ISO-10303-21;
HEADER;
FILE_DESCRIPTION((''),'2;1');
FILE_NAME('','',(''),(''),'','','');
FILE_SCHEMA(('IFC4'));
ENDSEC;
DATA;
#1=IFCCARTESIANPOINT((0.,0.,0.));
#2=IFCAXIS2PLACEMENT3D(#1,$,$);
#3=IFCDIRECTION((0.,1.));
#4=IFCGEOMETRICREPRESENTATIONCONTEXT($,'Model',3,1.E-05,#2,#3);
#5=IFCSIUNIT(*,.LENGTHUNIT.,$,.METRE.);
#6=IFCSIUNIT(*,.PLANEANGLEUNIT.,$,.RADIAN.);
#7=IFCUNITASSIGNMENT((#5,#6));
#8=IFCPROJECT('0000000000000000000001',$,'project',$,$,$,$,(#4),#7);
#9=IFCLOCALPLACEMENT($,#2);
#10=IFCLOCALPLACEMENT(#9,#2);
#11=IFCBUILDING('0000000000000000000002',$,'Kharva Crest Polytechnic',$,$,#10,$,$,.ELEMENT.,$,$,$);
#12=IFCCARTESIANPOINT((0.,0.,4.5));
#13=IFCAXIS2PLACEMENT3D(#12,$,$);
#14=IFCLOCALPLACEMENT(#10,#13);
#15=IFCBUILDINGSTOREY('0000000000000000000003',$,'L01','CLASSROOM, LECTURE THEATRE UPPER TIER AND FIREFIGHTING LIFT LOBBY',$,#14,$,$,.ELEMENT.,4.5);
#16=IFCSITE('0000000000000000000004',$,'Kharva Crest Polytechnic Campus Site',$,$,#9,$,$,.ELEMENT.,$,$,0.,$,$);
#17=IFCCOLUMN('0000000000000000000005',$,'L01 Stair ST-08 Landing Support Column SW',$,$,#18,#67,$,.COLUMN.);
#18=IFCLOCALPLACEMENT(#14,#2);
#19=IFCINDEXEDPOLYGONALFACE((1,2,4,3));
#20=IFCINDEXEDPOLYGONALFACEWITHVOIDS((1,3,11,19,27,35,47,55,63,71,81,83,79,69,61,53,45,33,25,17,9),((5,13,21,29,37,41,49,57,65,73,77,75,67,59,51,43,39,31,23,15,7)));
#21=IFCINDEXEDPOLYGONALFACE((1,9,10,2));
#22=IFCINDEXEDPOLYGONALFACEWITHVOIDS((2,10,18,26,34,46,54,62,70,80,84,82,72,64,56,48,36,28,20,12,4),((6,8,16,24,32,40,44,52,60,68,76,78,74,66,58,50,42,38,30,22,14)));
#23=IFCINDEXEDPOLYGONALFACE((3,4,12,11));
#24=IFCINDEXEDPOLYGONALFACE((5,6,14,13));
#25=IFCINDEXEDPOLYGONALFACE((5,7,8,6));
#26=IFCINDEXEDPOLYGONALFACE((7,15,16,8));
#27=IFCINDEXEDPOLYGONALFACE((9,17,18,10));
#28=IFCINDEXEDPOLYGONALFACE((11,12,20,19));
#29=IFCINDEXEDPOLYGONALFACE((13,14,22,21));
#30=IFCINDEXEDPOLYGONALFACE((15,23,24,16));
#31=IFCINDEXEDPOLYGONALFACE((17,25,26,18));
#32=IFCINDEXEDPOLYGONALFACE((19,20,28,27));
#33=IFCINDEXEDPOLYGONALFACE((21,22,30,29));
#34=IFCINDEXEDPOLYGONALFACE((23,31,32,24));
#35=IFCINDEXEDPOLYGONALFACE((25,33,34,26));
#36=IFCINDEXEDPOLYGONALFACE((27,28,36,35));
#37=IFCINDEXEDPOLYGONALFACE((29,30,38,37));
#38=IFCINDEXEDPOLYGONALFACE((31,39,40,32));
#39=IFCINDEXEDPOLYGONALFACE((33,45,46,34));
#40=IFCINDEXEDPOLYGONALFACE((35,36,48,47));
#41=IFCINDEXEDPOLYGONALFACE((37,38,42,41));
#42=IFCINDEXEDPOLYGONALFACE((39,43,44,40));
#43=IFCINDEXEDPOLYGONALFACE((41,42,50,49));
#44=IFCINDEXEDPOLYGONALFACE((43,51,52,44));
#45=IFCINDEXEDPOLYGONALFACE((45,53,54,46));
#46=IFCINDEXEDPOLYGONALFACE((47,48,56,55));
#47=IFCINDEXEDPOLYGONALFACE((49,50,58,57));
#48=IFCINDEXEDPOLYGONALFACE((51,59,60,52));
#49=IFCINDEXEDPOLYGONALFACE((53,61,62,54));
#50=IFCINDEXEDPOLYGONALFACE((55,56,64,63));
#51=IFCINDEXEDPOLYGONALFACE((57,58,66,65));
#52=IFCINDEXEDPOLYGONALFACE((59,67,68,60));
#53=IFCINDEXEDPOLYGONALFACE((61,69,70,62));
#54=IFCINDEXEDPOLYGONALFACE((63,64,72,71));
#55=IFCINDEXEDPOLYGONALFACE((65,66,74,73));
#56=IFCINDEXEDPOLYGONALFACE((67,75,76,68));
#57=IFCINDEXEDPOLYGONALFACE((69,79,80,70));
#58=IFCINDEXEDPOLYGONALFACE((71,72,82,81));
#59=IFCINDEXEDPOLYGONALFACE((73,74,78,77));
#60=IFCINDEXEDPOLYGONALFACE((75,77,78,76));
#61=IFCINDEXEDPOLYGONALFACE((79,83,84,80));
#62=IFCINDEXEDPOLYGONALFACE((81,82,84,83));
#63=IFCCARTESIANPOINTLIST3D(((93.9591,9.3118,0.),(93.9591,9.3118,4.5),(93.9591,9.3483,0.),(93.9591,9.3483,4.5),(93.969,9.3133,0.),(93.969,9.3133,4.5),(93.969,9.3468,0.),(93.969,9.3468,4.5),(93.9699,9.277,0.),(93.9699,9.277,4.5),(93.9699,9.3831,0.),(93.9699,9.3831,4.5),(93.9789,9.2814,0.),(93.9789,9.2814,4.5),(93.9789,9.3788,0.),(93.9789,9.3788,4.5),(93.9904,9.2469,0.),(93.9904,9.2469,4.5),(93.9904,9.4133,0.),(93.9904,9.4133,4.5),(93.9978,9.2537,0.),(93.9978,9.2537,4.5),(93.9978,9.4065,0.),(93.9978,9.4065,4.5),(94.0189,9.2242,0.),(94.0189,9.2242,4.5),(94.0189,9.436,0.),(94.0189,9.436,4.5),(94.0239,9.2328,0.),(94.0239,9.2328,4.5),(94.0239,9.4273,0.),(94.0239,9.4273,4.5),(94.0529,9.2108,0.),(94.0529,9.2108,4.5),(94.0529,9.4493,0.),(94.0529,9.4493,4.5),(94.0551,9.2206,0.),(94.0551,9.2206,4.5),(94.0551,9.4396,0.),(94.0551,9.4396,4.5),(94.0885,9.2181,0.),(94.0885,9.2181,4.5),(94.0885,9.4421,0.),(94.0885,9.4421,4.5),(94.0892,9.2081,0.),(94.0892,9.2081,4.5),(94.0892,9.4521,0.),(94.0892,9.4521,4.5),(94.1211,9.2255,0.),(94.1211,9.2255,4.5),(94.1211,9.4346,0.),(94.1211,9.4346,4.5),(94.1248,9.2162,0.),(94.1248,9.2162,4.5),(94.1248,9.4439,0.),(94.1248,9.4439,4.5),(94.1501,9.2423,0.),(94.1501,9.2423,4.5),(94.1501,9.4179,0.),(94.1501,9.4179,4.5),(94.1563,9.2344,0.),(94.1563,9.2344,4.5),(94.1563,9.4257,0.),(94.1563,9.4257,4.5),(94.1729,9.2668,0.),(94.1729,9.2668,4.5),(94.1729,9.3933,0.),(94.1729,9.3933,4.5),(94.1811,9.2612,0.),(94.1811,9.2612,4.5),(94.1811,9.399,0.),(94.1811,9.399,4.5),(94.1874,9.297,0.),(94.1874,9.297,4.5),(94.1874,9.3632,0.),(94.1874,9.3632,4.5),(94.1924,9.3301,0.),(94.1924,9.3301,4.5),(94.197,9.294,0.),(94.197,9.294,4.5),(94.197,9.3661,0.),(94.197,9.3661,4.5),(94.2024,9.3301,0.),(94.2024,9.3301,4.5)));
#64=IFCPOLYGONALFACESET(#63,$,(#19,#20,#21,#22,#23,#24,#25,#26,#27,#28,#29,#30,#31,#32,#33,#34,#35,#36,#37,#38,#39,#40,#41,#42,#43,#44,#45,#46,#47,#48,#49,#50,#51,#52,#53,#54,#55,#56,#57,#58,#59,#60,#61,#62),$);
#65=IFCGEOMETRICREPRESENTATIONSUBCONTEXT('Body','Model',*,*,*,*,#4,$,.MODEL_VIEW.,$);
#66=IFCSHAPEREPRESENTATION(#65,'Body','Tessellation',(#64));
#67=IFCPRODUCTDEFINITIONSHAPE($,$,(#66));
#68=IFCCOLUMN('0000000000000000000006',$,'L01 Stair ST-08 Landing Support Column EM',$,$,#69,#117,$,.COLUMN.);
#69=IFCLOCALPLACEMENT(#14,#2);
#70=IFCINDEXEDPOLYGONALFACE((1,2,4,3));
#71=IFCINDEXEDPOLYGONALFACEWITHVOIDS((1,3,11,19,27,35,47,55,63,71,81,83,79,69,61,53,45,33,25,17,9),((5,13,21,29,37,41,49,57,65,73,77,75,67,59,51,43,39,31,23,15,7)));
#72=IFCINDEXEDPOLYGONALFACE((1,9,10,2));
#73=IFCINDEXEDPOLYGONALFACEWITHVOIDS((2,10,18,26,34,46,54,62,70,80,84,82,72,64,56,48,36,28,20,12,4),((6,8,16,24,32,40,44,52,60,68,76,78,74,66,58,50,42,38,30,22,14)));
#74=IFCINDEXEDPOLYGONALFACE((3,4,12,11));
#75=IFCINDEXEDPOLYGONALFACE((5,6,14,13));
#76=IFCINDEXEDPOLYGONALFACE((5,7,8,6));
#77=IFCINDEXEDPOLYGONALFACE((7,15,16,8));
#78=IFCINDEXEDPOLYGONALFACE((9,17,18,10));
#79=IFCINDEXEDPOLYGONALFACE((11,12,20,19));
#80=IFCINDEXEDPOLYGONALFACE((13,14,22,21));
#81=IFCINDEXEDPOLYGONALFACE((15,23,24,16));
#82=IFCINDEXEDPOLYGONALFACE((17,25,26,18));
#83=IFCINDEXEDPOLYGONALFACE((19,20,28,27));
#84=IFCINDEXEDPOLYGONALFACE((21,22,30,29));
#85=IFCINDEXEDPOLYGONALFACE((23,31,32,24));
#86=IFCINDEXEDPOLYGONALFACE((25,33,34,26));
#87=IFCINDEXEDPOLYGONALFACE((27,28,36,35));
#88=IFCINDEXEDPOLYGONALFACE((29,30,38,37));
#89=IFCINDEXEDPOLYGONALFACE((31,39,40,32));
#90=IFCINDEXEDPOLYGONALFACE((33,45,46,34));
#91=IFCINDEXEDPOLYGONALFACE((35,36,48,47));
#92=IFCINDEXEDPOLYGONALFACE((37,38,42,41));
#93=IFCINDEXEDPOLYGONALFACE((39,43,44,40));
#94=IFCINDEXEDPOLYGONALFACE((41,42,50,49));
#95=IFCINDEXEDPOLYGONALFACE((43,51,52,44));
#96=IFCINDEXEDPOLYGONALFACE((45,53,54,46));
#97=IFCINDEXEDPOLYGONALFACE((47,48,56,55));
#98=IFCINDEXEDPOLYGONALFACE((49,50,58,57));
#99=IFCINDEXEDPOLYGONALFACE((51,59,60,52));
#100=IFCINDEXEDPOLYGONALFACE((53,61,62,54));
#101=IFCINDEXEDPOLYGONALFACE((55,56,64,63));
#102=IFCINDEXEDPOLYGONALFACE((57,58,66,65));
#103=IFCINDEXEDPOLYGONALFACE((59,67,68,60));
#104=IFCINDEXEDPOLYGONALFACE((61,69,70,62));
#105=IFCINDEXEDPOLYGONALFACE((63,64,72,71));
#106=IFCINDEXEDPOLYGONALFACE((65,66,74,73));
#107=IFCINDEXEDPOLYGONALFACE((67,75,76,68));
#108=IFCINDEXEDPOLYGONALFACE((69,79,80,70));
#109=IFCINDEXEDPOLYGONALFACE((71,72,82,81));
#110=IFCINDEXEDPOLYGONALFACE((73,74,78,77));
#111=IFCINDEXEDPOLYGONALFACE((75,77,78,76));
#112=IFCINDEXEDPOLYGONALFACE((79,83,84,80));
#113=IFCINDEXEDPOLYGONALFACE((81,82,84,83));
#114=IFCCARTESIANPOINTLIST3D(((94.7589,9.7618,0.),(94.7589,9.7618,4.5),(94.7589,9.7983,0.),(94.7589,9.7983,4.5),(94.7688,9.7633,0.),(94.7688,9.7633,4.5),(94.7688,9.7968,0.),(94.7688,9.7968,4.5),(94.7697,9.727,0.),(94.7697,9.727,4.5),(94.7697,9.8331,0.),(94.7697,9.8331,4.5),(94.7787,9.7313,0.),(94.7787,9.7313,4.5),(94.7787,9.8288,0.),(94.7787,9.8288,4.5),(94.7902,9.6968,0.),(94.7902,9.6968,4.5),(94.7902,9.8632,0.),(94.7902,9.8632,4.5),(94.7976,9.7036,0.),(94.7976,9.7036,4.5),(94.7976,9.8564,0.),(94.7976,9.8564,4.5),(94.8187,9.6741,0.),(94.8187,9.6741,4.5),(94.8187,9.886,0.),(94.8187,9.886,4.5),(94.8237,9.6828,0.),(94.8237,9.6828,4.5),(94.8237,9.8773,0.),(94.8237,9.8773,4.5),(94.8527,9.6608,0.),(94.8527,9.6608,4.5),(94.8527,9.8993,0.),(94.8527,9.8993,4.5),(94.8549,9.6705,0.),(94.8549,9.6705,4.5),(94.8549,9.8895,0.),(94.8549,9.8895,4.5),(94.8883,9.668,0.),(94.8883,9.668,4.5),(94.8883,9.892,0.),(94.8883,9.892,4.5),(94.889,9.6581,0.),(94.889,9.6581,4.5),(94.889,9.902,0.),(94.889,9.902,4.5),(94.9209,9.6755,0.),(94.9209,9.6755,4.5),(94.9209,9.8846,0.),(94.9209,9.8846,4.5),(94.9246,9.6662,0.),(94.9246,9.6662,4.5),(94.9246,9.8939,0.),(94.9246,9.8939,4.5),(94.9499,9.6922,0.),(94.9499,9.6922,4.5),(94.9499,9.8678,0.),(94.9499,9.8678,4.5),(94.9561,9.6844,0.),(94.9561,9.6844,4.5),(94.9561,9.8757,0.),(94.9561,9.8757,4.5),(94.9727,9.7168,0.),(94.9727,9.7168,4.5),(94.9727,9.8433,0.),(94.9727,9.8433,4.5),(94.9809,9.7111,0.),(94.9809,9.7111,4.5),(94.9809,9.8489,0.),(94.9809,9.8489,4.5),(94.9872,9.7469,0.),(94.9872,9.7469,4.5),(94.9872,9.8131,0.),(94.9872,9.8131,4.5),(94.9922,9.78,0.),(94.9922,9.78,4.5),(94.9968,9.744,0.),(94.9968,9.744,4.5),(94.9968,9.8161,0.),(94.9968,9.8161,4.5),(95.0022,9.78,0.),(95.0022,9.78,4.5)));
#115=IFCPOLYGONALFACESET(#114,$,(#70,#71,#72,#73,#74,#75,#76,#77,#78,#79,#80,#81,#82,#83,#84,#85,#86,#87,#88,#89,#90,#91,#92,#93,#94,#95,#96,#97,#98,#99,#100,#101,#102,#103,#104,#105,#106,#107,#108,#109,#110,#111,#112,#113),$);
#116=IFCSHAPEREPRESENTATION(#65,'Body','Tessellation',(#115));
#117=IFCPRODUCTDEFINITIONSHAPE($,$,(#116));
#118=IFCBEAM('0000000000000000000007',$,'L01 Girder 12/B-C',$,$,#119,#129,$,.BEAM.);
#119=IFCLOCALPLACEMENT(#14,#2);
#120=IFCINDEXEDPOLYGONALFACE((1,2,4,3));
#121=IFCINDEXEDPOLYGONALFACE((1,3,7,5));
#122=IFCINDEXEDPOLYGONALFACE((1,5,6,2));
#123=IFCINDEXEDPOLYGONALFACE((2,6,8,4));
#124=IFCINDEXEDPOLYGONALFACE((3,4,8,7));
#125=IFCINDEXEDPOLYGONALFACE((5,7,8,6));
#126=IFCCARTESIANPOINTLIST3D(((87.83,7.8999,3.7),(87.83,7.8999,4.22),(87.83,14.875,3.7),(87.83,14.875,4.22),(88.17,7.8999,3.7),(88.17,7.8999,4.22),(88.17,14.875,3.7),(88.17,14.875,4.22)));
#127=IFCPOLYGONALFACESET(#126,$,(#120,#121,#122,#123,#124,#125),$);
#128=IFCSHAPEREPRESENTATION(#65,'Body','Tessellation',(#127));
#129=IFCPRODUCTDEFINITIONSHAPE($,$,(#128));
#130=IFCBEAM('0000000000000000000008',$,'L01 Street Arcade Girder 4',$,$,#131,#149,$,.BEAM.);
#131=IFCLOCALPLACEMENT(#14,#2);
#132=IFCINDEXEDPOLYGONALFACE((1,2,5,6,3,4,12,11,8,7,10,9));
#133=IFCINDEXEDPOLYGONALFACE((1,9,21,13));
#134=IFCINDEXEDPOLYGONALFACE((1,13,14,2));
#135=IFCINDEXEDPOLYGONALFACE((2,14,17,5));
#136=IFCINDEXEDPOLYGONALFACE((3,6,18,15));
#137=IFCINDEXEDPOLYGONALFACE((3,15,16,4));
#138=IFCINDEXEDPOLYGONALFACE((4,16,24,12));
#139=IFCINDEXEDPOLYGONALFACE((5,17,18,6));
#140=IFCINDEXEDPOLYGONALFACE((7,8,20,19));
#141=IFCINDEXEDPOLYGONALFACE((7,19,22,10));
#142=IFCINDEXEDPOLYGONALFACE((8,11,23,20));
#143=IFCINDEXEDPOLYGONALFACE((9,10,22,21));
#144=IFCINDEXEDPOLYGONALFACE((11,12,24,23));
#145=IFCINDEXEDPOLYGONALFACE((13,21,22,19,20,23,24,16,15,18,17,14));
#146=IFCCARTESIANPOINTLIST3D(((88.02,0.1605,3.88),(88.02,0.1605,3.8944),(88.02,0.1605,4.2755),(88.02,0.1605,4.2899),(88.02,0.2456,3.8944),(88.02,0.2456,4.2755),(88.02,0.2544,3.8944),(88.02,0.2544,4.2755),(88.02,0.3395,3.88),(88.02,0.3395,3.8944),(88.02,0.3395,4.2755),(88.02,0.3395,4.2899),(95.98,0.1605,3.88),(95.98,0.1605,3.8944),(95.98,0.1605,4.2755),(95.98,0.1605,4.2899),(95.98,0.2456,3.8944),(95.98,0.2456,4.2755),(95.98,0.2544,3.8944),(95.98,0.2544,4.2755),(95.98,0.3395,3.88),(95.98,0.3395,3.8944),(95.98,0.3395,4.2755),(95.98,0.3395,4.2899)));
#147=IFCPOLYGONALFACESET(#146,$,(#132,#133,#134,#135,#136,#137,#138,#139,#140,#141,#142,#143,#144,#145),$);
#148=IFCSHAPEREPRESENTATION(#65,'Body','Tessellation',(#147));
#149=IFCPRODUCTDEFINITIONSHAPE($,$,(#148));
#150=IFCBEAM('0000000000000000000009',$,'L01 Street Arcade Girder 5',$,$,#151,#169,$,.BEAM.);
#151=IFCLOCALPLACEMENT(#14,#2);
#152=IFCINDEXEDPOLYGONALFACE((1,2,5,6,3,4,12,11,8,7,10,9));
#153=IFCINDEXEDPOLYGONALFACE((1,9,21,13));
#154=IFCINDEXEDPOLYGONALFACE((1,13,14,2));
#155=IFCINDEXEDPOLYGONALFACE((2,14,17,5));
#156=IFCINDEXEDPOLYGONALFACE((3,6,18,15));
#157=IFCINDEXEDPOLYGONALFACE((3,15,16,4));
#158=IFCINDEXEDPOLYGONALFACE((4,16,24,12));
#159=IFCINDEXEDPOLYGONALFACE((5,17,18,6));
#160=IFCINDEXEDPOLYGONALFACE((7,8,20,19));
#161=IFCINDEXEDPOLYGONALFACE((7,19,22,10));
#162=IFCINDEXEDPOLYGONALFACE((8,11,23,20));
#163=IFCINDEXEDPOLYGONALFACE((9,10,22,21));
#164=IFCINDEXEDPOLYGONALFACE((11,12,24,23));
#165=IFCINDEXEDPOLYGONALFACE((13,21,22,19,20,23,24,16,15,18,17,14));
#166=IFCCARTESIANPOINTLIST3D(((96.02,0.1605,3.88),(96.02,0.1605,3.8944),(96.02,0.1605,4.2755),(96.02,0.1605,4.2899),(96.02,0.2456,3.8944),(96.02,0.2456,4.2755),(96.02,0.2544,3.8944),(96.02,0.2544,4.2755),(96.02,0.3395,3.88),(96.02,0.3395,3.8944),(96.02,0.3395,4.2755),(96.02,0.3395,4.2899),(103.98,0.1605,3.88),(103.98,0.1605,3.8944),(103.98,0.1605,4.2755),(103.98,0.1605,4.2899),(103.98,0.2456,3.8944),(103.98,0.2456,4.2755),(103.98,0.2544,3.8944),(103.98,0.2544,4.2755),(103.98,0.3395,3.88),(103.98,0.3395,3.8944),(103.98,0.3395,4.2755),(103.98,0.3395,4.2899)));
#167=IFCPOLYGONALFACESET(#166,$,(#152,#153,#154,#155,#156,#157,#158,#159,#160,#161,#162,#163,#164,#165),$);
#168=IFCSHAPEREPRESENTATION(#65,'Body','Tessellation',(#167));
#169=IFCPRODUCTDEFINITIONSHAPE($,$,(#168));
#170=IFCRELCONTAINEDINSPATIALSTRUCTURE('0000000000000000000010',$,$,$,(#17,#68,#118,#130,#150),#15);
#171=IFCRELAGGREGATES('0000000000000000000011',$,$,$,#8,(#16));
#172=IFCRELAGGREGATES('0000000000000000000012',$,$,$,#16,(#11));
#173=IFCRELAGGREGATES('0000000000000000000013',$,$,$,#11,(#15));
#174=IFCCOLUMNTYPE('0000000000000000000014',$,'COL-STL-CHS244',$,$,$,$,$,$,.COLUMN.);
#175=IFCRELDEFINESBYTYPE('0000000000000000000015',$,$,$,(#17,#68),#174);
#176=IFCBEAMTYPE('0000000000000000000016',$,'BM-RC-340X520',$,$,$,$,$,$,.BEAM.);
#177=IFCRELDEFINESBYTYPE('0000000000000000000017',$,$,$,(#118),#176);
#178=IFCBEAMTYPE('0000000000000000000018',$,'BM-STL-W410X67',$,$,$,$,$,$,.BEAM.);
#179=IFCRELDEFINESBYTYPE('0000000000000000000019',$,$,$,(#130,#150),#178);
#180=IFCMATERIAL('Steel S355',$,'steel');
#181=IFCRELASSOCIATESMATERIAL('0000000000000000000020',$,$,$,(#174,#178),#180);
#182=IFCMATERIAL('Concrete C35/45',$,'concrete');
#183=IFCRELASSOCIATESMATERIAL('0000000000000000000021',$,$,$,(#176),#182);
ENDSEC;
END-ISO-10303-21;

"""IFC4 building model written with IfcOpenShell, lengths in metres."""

from ifc_helpers import new_model, si_unit, direction, frame, origin, origin_2d, place, context, subcontext, project, spatial, rectangle, hollow_circle, i_section, extrude, material, material_profile, profile_set, type_object, element, save


model = new_model("IFC4")

# Units and contexts
model_context = context("Model", 3, precision=1e-05, world=origin(), true_north=direction((0.0, 1.0)))
body_context = subcontext(model_context, "Body", "Model", "MODEL_VIEW")
ifc_project = project(units=[si_unit("LENGTHUNIT", "METRE"), si_unit("PLANEANGLEUNIT", "RADIAN")], contexts=[model_context])

# Site, building, storey
site_placement = place(None, origin())
site = spatial("IfcSite", under=ifc_project, at=site_placement, Name="Kharva Crest Polytechnic Campus Site", CompositionType="ELEMENT", RefElevation=0.0)
building_placement = place(site_placement, origin())
building = spatial("IfcBuilding", under=site, at=building_placement, Name="Kharva Crest Polytechnic", CompositionType="ELEMENT")
storey_placement = place(building_placement, frame((0.0, 0.0, 4.5)))
storey = spatial("IfcBuildingStorey", under=building, at=storey_placement, Name="L01", Description="CLASSROOM, LECTURE THEATRE UPPER TIER AND FIREFIGHTING LIFT LOBBY", CompositionType="ELEMENT", Elevation=4.5)

# Columns
ifc_material_1 = material(Name="Steel S355", Category="steel")
ifc_material_profile_1 = material_profile(ifc_material_1, hollow_circle(Radius=0.1223, WallThickness=0.01, at=origin_2d()), Name="CHS 244.5X10.0")
ifc_profile_set_1 = profile_set([ifc_material_profile_1], Name="Steel S355")
column_type_1 = type_object("IfcColumnType", Name="COL-STL-CHS244", PredefinedType="COLUMN", material=ifc_profile_set_1)
for number, where, z_axis, x_axis, name in (
    (1, (94.0801, 9.3301, 0.0), (0.0, 0.0, 1.0), (1.0, 0.0, 0.0), "L01 Stair ST-08 Landing Support Column SW"),
    (2, (94.8799, 9.78, 0.0), (0.0, 0.0, 1.0), (1.0, 0.0, 0.0), "L01 Stair ST-08 Landing Support Column EM"),
):
    element("IfcColumn", number, at=place(storey_placement, frame(where, z_axis=z_axis, x_axis=x_axis)), inside=storey, type_object=column_type_1, Name=name, PredefinedType="COLUMN", context=body_context, shape_type="SweptSolid", body=[
        extrude(hollow_circle(Radius=0.1223, WallThickness=0.01, at=origin_2d()), origin(), (0.0, 0.0, 1.0), 4.5),
    ])

# Beams
ifc_material_2 = material(Name="Concrete C35/45", Category="concrete")
ifc_material_profile_2 = material_profile(ifc_material_2, rectangle(XDim=0.3401, YDim=0.52, at=origin_2d()), Name="RECT 340 X 520")
ifc_profile_set_2 = profile_set([ifc_material_profile_2], Name="Concrete C35/45")
beam_type_1 = type_object("IfcBeamType", Name="BM-RC-340X520", PredefinedType="BEAM", material=ifc_profile_set_2)
beam_placement = place(storey_placement, frame((88.0, 7.8999, 3.96), z_axis=(0.0, 1.0, 0.0), x_axis=(-1.0, 0.0, 0.0)))
element("IfcBeam", 3, at=beam_placement, inside=storey, type_object=beam_type_1, Name="L01 Girder 12/B-C", PredefinedType="BEAM", context=body_context, shape_type="SweptSolid", body=[
    extrude(rectangle(XDim=0.3401, YDim=0.52, at=origin_2d()), origin(), (0.0, 0.0, 1.0), 6.9751),
])
ifc_material_profile_3 = material_profile(ifc_material_1, i_section(OverallWidth=0.179, OverallDepth=0.4099, WebThickness=0.0088, FlangeThickness=0.0144, at=origin_2d()), Name="W410X67")
ifc_profile_set_3 = profile_set([ifc_material_profile_3], Name="Steel S355")
beam_type_2 = type_object("IfcBeamType", Name="BM-STL-W410X67", PredefinedType="BEAM", material=ifc_profile_set_3)
for number, where, z_axis, x_axis, name in (
    (4, (88.02, 0.25, 4.085), (1.0, 0.0, 0.0), (0.0, 1.0, 0.0), "L01 Street Arcade Girder 4"),
    (5, (96.02, 0.25, 4.085), (1.0, 0.0, 0.0), (0.0, 1.0, 0.0), "L01 Street Arcade Girder 5"),
):
    element("IfcBeam", number, at=place(storey_placement, frame(where, z_axis=z_axis, x_axis=x_axis)), inside=storey, type_object=beam_type_2, Name=name, PredefinedType="BEAM", context=body_context, shape_type="SweptSolid", body=[
        extrude(i_section(OverallWidth=0.179, OverallDepth=0.4099, WebThickness=0.0088, FlangeThickness=0.0144, at=origin_2d()), origin(), (0.0, 0.0, 1.0), 7.96),
    ])

save(model, "model.ifc")
